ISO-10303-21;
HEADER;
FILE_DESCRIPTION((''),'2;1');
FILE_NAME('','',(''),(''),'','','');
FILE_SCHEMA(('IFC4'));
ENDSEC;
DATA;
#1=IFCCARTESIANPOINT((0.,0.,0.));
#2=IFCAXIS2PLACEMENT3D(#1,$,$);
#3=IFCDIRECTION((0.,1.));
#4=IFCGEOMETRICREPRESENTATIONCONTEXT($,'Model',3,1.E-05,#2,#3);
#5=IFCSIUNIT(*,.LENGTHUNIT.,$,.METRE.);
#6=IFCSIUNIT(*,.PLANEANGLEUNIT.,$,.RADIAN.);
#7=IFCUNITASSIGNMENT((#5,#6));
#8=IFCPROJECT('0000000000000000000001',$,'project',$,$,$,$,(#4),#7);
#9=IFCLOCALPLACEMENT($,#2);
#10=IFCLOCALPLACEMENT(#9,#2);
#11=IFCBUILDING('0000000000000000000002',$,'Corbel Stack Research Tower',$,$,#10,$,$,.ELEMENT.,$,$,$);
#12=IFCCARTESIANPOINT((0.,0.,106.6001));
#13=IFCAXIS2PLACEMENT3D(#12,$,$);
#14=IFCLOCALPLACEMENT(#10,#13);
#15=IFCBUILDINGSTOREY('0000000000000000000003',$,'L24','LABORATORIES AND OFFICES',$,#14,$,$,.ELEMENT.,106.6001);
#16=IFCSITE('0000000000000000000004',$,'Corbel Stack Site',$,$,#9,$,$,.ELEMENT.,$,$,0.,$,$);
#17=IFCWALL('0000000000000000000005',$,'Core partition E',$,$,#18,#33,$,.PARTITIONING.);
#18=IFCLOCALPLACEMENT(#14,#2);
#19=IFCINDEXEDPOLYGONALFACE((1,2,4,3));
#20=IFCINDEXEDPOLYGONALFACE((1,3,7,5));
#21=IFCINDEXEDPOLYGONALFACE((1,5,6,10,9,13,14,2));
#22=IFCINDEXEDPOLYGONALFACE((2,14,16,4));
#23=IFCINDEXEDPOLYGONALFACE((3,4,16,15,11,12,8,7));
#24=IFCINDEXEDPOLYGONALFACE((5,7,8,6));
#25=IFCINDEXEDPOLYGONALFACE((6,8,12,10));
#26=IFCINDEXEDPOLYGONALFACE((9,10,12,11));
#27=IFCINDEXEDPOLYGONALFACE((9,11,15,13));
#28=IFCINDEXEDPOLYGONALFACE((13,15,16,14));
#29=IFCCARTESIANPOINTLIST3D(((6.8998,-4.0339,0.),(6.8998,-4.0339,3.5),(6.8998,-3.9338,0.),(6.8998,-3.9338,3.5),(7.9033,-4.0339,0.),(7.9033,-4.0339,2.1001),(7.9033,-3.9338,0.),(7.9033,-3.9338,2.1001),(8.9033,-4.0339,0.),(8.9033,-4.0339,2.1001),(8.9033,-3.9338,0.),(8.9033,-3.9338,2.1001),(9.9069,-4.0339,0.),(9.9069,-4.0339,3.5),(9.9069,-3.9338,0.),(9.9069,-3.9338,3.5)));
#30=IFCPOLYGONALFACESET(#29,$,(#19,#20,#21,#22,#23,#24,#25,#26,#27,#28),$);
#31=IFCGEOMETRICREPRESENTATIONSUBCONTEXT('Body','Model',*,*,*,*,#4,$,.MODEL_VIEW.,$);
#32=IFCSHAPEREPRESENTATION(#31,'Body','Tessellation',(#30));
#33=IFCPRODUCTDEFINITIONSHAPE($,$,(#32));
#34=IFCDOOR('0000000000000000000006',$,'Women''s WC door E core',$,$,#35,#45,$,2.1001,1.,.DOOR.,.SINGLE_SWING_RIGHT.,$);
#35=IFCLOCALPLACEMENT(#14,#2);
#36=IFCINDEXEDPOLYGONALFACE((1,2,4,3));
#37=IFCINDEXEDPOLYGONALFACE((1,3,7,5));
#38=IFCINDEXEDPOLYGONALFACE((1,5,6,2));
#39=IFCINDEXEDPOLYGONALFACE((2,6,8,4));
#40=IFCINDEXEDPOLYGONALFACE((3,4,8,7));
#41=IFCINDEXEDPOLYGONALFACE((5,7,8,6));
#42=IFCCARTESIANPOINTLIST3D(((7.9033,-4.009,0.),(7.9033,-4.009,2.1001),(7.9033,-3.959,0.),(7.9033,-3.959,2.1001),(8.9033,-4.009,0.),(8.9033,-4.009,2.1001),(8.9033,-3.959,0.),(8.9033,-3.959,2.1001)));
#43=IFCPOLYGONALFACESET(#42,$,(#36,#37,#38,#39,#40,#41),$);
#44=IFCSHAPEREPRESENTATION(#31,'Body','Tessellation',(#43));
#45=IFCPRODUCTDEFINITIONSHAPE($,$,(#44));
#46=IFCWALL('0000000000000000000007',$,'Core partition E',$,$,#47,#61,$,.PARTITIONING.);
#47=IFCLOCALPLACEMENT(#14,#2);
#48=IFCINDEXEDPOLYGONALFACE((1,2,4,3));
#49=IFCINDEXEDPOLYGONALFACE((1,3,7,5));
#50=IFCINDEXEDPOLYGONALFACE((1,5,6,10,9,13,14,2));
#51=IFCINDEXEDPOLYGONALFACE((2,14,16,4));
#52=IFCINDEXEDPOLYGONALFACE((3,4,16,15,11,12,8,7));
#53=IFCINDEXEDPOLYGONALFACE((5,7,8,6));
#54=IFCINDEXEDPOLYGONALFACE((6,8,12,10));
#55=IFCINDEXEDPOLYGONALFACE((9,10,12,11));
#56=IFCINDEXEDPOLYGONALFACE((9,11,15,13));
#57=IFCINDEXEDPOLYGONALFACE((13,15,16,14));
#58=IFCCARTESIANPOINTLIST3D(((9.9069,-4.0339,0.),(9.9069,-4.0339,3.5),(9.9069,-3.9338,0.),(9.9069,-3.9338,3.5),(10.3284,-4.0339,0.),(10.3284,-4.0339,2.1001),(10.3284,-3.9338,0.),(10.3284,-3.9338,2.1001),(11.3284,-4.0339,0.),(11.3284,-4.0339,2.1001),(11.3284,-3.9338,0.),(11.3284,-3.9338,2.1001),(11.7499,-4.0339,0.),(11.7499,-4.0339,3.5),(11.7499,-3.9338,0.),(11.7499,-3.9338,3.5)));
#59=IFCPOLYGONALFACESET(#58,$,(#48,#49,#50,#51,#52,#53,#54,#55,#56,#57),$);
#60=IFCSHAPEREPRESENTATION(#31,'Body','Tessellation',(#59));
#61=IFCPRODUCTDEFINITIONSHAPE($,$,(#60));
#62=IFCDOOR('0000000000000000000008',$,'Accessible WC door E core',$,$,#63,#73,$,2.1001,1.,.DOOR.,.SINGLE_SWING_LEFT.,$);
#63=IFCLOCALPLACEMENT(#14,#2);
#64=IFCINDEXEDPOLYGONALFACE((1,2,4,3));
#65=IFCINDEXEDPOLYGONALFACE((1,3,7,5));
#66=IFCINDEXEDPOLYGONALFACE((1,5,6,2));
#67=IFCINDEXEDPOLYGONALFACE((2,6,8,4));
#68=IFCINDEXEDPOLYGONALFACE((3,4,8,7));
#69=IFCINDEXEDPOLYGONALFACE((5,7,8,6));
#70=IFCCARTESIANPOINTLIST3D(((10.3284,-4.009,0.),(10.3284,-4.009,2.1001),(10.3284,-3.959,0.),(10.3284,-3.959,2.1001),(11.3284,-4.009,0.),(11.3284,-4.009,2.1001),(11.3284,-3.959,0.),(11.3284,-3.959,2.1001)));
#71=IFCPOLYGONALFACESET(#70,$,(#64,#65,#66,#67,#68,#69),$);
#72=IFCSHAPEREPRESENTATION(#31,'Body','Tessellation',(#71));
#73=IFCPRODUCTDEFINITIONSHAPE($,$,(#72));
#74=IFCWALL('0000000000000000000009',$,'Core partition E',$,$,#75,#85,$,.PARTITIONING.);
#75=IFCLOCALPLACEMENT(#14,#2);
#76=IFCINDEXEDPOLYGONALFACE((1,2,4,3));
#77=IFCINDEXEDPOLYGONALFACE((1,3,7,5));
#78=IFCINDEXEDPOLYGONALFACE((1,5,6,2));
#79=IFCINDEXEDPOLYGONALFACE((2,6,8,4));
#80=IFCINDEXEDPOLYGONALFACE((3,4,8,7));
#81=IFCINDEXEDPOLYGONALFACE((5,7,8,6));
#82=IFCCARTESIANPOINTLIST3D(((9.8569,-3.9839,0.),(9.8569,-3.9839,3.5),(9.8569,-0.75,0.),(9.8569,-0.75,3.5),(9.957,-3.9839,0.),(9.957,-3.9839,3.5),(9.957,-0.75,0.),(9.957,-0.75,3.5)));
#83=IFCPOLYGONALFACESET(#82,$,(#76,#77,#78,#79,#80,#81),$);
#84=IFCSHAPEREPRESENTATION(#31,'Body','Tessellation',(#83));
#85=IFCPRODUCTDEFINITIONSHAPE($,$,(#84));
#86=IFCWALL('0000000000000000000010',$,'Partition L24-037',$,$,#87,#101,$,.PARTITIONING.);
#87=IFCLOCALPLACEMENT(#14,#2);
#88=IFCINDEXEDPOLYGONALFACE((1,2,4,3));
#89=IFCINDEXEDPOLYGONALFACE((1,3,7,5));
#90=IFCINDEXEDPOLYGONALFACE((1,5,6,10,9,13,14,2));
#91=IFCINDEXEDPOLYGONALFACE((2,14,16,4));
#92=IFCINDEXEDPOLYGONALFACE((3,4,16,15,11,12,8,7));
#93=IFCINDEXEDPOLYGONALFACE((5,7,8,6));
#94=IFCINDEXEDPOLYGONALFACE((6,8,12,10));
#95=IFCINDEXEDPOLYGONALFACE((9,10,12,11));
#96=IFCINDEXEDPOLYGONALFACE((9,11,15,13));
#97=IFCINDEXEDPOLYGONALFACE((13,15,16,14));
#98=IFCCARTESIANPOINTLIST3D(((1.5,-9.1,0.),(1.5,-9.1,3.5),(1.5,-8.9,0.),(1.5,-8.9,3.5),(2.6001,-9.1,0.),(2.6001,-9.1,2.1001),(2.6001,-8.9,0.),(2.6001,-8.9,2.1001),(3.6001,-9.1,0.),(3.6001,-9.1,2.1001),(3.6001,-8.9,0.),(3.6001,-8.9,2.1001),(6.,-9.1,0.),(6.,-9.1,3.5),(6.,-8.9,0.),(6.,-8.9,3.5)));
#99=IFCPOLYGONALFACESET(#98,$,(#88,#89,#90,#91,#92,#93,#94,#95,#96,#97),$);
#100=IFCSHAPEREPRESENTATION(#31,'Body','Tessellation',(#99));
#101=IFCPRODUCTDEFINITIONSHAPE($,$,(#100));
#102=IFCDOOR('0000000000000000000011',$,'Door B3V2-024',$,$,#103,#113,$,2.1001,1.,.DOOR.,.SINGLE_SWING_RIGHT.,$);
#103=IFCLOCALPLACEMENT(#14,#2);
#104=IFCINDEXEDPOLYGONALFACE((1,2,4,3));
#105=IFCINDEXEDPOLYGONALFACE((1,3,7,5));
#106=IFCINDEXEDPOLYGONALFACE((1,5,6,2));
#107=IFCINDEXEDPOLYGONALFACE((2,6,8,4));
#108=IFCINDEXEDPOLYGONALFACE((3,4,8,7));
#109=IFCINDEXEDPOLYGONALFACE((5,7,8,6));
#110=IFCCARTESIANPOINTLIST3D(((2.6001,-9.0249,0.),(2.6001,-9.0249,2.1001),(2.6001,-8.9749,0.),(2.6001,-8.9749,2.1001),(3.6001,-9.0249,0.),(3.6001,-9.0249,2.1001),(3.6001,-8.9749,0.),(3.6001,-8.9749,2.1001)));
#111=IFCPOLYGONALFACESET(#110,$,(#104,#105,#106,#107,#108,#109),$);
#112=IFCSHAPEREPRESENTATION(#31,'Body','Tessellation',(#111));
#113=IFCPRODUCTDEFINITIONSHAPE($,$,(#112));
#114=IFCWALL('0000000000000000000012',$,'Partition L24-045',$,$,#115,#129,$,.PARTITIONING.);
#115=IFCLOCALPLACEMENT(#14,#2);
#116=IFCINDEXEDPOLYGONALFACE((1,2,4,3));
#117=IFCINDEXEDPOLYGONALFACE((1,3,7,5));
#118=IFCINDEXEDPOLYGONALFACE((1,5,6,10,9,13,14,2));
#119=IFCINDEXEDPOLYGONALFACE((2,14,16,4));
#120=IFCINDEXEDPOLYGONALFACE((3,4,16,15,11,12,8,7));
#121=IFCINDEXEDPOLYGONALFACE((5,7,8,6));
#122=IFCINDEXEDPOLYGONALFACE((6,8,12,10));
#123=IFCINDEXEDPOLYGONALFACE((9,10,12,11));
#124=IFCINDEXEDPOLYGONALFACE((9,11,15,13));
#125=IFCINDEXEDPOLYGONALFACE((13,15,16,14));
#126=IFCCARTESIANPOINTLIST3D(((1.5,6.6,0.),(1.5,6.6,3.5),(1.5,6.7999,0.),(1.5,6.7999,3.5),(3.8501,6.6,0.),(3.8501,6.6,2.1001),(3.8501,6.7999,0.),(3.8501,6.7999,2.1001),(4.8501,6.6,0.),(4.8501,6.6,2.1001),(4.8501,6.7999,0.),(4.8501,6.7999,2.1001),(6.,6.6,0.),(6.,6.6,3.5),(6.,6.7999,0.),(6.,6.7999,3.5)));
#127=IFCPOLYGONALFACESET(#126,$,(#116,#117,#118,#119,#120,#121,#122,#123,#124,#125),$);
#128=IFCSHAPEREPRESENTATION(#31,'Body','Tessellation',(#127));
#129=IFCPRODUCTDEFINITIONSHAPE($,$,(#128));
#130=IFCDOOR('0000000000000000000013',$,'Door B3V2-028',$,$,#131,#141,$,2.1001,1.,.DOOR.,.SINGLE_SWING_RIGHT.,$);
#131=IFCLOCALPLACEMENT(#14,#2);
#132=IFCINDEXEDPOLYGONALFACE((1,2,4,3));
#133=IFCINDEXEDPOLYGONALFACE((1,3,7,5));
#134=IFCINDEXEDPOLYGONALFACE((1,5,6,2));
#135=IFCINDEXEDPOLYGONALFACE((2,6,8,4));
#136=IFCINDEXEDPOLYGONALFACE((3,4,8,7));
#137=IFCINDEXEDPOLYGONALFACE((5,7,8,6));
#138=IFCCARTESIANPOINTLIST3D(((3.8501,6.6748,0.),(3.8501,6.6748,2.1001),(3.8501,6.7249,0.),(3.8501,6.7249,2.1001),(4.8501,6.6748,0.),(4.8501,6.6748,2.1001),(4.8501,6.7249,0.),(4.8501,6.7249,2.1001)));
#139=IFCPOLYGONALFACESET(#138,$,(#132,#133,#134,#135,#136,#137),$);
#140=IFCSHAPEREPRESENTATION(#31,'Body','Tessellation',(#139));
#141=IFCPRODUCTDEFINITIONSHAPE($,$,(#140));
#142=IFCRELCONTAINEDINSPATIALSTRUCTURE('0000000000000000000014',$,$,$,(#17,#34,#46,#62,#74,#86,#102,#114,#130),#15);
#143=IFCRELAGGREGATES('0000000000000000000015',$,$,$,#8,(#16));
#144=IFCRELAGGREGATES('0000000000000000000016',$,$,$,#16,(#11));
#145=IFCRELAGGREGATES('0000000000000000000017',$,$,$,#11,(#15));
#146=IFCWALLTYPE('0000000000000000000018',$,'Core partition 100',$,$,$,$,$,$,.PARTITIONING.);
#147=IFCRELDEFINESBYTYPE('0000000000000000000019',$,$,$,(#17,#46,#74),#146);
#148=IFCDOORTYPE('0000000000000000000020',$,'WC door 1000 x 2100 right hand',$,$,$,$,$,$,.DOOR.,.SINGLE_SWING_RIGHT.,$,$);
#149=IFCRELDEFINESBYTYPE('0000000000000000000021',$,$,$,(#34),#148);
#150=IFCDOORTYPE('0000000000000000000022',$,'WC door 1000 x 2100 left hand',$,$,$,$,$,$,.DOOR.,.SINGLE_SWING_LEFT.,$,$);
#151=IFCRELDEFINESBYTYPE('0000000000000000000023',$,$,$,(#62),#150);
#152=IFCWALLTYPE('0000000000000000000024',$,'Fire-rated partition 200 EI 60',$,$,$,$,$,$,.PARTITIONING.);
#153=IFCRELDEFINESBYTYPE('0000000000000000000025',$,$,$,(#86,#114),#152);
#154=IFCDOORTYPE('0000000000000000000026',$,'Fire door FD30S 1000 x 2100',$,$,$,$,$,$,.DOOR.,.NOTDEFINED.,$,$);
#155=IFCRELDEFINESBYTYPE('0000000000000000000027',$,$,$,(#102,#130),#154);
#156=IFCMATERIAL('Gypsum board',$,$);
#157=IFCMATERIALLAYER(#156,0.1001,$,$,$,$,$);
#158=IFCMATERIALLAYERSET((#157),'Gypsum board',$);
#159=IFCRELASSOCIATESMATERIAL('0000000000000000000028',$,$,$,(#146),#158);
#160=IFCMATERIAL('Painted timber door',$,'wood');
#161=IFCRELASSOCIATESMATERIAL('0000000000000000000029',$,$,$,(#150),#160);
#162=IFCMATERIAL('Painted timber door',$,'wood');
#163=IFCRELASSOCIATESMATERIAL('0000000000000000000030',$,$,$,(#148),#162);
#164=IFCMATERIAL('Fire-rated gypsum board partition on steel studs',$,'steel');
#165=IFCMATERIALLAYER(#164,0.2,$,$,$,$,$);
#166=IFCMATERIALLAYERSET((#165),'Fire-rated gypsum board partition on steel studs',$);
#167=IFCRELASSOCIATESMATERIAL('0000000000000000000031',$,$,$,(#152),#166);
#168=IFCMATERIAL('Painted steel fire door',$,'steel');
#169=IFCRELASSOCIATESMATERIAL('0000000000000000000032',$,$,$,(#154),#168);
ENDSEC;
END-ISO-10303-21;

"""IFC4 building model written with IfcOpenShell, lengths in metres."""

from ifc_helpers import new_model, si_unit, direction, frame, frame_2d, origin, place, context, subcontext, project, spatial, rectangle, extrude, material, layer, layer_set, type_object, element, fill, save


model = new_model("IFC4")

# Units and contexts
model_context = context("Model", 3, precision=1e-05, world=origin(), true_north=direction((0.0, 1.0)))
body_context = subcontext(model_context, "Body", "Model", "MODEL_VIEW")
ifc_project = project(units=[si_unit("LENGTHUNIT", "METRE"), si_unit("PLANEANGLEUNIT", "RADIAN")], contexts=[model_context])

# Site, building, storey
site_placement = place(None, origin())
site = spatial("IfcSite", under=ifc_project, at=site_placement, Name="Corbel Stack Site", CompositionType="ELEMENT", RefElevation=0.0)
building_placement = place(site_placement, origin())
building = spatial("IfcBuilding", under=site, at=building_placement, Name="Corbel Stack Research Tower", CompositionType="ELEMENT")
storey_placement = place(building_placement, frame((0.0, 0.0, 106.6001)))
storey = spatial("IfcBuildingStorey", under=building, at=storey_placement, Name="L24", Description="LABORATORIES AND OFFICES", CompositionType="ELEMENT", Elevation=106.6001)

# Walls, openings, doors
ifc_material_1 = material(Name="Gypsum board")
ifc_layer_1 = layer(ifc_material_1, 0.1001)
ifc_layer_set_1 = layer_set([ifc_layer_1], Name="Gypsum board")
wall_type_1 = type_object("IfcWallType", Name="Core partition 100", PredefinedType="PARTITIONING", material=ifc_layer_set_1)
ifc_material_2 = material(Name="Painted timber door", Category="wood")
door_type_1 = type_object("IfcDoorType", Name="WC door 1000 x 2100 left hand", OperationType="SINGLE_SWING_LEFT", PredefinedType="DOOR", material=ifc_material_2)
wall_1_placement = place(storey_placement, frame((6.8999, -3.9839, 0.0), z_axis=(0.0, 0.0, 1.0), x_axis=(1.0, 0.0, 0.0)))
wall_1 = element("IfcWall", 1, at=wall_1_placement, inside=storey, type_object=wall_type_1, Name="Core partition E", PredefinedType="PARTITIONING", context=body_context, shape_type="SweptSolid", body=[
    extrude(rectangle(XDim=3.0071, YDim=0.1001, at=frame_2d((1.5034, 0.0))), origin(), (0.0, 0.0, 1.0), 3.5),
])
opening_1_placement = place(wall_1_placement, frame((1.0034, 0.0, 0.0)))
opening_1 = element("IfcOpeningElement", 2, at=opening_1_placement, cuts=wall_1, PredefinedType="OPENING", context=body_context, shape_type="SweptSolid", body=[
    extrude(rectangle(XDim=1.0, YDim=2.1001, at=frame_2d((0.5, 1.05))), frame((0.0, 0.0601, 0.0), z_axis=(0.0, -1.0, 0.0), x_axis=(1.0, 0.0, 0.0)), (0.0, 0.0, 1.0), 0.1201),
])
ifc_material_3 = material(Name="Painted timber door", Category="wood")
door_type_2 = type_object("IfcDoorType", Name="WC door 1000 x 2100 right hand", OperationType="SINGLE_SWING_RIGHT", PredefinedType="DOOR", material=ifc_material_3)
door_1_placement = place(opening_1_placement, origin())
door_1 = element("IfcDoor", 3, at=door_1_placement, inside=storey, type_object=door_type_2, Name="Women's WC door E core", OperationType="SINGLE_SWING_RIGHT", OverallHeight=2.1001, OverallWidth=1.0, PredefinedType="DOOR", context=body_context, shape_type="SweptSolid", body=[
    extrude(rectangle(XDim=1.0, YDim=2.1001, at=frame_2d((0.5, 1.05))), frame((0.0, 0.0249, 0.0), z_axis=(0.0, -1.0, 0.0), x_axis=(1.0, 0.0, 0.0)), (0.0, 0.0, 1.0), 0.05),
])
fill(opening_1, door_1)
wall_2_placement = place(storey_placement, frame((9.907, -3.9839, 0.0), z_axis=(0.0, 0.0, 1.0), x_axis=(1.0, 0.0, 0.0)))
wall_2 = element("IfcWall", 4, at=wall_2_placement, inside=storey, type_object=wall_type_1, Name="Core partition E", PredefinedType="PARTITIONING", context=body_context, shape_type="SweptSolid", body=[
    extrude(rectangle(XDim=1.843, YDim=0.1001, at=frame_2d((0.9214, 0.0))), origin(), (0.0, 0.0, 1.0), 3.5),
])
opening_2_placement = place(wall_2_placement, frame((0.4214, 0.0, 0.0)))
opening_2 = element("IfcOpeningElement", 5, at=opening_2_placement, cuts=wall_2, PredefinedType="OPENING", context=body_context, shape_type="SweptSolid", body=[
    extrude(rectangle(XDim=1.0, YDim=2.1001, at=frame_2d((0.5, 1.05))), frame((0.0, 0.0601, 0.0), z_axis=(0.0, -1.0, 0.0), x_axis=(1.0, 0.0, 0.0)), (0.0, 0.0, 1.0), 0.1201),
])
door_2_placement = place(opening_2_placement, origin())
door_2 = element("IfcDoor", 6, at=door_2_placement, inside=storey, type_object=door_type_1, Name="Accessible WC door E core", OperationType="SINGLE_SWING_LEFT", OverallHeight=2.1001, OverallWidth=1.0, PredefinedType="DOOR", context=body_context, shape_type="SweptSolid", body=[
    extrude(rectangle(XDim=1.0, YDim=2.1001, at=frame_2d((0.5, 1.05))), frame((0.0, 0.0249, 0.0), z_axis=(0.0, -1.0, 0.0), x_axis=(1.0, 0.0, 0.0)), (0.0, 0.0, 1.0), 0.05),
])
fill(opening_2, door_2)

# Wall
wall_3_placement = place(storey_placement, frame((9.907, -3.9839, 0.0), z_axis=(0.0, 0.0, 1.0), x_axis=(0.0, 1.0, 0.0)))
element("IfcWall", 7, at=wall_3_placement, inside=storey, type_object=wall_type_1, Name="Core partition E", PredefinedType="PARTITIONING", context=body_context, shape_type="SweptSolid", body=[
    extrude(rectangle(XDim=3.2339, YDim=0.1001, at=frame_2d((1.6169, 0.0))), origin(), (0.0, 0.0, 1.0), 3.5),
])

# Walls, openings, doors
ifc_material_4 = material(Name="Fire-rated gypsum board partition on steel studs", Category="steel")
ifc_layer_2 = layer(ifc_material_4, 0.2)
ifc_layer_set_2 = layer_set([ifc_layer_2], Name="Fire-rated gypsum board partition on steel studs")
wall_type_2 = type_object("IfcWallType", Name="Fire-rated partition 200 EI 60", PredefinedType="PARTITIONING", material=ifc_layer_set_2)
wall_4_placement = place(storey_placement, frame((6.0, -9.0, 0.0), z_axis=(0.0, 0.0, 1.0), x_axis=(-1.0, 0.0, 0.0)))
wall_4 = element("IfcWall", 8, at=wall_4_placement, inside=storey, type_object=wall_type_2, Name="Partition L24-037", PredefinedType="PARTITIONING", context=body_context, shape_type="SweptSolid", body=[
    extrude(rectangle(XDim=4.5, YDim=0.2, at=frame_2d((2.25, 0.0))), origin(), (0.0, 0.0, 1.0), 3.5),
])
opening_3_placement = place(wall_4_placement, frame((2.3999, 0.0, 0.0)))
opening_3 = element("IfcOpeningElement", 9, at=opening_3_placement, cuts=wall_4, PredefinedType="OPENING", context=body_context, shape_type="SweptSolid", body=[
    extrude(rectangle(XDim=1.0, YDim=2.1001, at=frame_2d((0.5, 1.05))), frame((0.0, 0.1099, 0.0), z_axis=(0.0, -1.0, 0.0), x_axis=(1.0, 0.0, 0.0)), (0.0, 0.0, 1.0), 0.22),
])
ifc_material_5 = material(Name="Painted steel fire door", Category="steel")
door_type_3 = type_object("IfcDoorType", Name="Fire door FD30S 1000 x 2100", OperationType="NOTDEFINED", PredefinedType="DOOR", material=ifc_material_5)
door_3_placement = place(opening_3_placement, origin())
door_3 = element("IfcDoor", 10, at=door_3_placement, inside=storey, type_object=door_type_3, Name="Door B3V2-024", OperationType="SINGLE_SWING_RIGHT", OverallHeight=2.1001, OverallWidth=1.0, PredefinedType="DOOR", context=body_context, shape_type="SweptSolid", body=[
    extrude(rectangle(XDim=1.0, YDim=2.1001, at=frame_2d((0.5, 1.05))), frame((0.0, 0.0249, 0.0), z_axis=(0.0, -1.0, 0.0), x_axis=(1.0, 0.0, 0.0)), (0.0, 0.0, 1.0), 0.05),
])
fill(opening_3, door_3)
wall_5_placement = place(storey_placement, frame((1.5, 6.7, 0.0), z_axis=(0.0, 0.0, 1.0), x_axis=(1.0, 0.0, 0.0)))
wall_5 = element("IfcWall", 11, at=wall_5_placement, inside=storey, type_object=wall_type_2, Name="Partition L24-045", PredefinedType="PARTITIONING", context=body_context, shape_type="SweptSolid", body=[
    extrude(rectangle(XDim=4.5, YDim=0.2, at=frame_2d((2.25, 0.0))), origin(), (0.0, 0.0, 1.0), 3.5),
])
opening_4_placement = place(wall_5_placement, frame((2.3501, 0.0, 0.0)))
opening_4 = element("IfcOpeningElement", 12, at=opening_4_placement, cuts=wall_5, PredefinedType="OPENING", context=body_context, shape_type="SweptSolid", body=[
    extrude(rectangle(XDim=1.0, YDim=2.1001, at=frame_2d((0.5, 1.05))), frame((0.0, 0.1099, 0.0), z_axis=(0.0, -1.0, 0.0), x_axis=(1.0, 0.0, 0.0)), (0.0, 0.0, 1.0), 0.22),
])
door_4_placement = place(opening_4_placement, origin())
door_4 = element("IfcDoor", 13, at=door_4_placement, inside=storey, type_object=door_type_3, Name="Door B3V2-028", OperationType="SINGLE_SWING_RIGHT", OverallHeight=2.1001, OverallWidth=1.0, PredefinedType="DOOR", context=body_context, shape_type="SweptSolid", body=[
    extrude(rectangle(XDim=1.0, YDim=2.1001, at=frame_2d((0.5, 1.05))), frame((0.0, 0.0249, 0.0), z_axis=(0.0, -1.0, 0.0), x_axis=(1.0, 0.0, 0.0)), (0.0, 0.0, 1.0), 0.05),
])
fill(opening_4, door_4)

save(model, "model.ifc")
